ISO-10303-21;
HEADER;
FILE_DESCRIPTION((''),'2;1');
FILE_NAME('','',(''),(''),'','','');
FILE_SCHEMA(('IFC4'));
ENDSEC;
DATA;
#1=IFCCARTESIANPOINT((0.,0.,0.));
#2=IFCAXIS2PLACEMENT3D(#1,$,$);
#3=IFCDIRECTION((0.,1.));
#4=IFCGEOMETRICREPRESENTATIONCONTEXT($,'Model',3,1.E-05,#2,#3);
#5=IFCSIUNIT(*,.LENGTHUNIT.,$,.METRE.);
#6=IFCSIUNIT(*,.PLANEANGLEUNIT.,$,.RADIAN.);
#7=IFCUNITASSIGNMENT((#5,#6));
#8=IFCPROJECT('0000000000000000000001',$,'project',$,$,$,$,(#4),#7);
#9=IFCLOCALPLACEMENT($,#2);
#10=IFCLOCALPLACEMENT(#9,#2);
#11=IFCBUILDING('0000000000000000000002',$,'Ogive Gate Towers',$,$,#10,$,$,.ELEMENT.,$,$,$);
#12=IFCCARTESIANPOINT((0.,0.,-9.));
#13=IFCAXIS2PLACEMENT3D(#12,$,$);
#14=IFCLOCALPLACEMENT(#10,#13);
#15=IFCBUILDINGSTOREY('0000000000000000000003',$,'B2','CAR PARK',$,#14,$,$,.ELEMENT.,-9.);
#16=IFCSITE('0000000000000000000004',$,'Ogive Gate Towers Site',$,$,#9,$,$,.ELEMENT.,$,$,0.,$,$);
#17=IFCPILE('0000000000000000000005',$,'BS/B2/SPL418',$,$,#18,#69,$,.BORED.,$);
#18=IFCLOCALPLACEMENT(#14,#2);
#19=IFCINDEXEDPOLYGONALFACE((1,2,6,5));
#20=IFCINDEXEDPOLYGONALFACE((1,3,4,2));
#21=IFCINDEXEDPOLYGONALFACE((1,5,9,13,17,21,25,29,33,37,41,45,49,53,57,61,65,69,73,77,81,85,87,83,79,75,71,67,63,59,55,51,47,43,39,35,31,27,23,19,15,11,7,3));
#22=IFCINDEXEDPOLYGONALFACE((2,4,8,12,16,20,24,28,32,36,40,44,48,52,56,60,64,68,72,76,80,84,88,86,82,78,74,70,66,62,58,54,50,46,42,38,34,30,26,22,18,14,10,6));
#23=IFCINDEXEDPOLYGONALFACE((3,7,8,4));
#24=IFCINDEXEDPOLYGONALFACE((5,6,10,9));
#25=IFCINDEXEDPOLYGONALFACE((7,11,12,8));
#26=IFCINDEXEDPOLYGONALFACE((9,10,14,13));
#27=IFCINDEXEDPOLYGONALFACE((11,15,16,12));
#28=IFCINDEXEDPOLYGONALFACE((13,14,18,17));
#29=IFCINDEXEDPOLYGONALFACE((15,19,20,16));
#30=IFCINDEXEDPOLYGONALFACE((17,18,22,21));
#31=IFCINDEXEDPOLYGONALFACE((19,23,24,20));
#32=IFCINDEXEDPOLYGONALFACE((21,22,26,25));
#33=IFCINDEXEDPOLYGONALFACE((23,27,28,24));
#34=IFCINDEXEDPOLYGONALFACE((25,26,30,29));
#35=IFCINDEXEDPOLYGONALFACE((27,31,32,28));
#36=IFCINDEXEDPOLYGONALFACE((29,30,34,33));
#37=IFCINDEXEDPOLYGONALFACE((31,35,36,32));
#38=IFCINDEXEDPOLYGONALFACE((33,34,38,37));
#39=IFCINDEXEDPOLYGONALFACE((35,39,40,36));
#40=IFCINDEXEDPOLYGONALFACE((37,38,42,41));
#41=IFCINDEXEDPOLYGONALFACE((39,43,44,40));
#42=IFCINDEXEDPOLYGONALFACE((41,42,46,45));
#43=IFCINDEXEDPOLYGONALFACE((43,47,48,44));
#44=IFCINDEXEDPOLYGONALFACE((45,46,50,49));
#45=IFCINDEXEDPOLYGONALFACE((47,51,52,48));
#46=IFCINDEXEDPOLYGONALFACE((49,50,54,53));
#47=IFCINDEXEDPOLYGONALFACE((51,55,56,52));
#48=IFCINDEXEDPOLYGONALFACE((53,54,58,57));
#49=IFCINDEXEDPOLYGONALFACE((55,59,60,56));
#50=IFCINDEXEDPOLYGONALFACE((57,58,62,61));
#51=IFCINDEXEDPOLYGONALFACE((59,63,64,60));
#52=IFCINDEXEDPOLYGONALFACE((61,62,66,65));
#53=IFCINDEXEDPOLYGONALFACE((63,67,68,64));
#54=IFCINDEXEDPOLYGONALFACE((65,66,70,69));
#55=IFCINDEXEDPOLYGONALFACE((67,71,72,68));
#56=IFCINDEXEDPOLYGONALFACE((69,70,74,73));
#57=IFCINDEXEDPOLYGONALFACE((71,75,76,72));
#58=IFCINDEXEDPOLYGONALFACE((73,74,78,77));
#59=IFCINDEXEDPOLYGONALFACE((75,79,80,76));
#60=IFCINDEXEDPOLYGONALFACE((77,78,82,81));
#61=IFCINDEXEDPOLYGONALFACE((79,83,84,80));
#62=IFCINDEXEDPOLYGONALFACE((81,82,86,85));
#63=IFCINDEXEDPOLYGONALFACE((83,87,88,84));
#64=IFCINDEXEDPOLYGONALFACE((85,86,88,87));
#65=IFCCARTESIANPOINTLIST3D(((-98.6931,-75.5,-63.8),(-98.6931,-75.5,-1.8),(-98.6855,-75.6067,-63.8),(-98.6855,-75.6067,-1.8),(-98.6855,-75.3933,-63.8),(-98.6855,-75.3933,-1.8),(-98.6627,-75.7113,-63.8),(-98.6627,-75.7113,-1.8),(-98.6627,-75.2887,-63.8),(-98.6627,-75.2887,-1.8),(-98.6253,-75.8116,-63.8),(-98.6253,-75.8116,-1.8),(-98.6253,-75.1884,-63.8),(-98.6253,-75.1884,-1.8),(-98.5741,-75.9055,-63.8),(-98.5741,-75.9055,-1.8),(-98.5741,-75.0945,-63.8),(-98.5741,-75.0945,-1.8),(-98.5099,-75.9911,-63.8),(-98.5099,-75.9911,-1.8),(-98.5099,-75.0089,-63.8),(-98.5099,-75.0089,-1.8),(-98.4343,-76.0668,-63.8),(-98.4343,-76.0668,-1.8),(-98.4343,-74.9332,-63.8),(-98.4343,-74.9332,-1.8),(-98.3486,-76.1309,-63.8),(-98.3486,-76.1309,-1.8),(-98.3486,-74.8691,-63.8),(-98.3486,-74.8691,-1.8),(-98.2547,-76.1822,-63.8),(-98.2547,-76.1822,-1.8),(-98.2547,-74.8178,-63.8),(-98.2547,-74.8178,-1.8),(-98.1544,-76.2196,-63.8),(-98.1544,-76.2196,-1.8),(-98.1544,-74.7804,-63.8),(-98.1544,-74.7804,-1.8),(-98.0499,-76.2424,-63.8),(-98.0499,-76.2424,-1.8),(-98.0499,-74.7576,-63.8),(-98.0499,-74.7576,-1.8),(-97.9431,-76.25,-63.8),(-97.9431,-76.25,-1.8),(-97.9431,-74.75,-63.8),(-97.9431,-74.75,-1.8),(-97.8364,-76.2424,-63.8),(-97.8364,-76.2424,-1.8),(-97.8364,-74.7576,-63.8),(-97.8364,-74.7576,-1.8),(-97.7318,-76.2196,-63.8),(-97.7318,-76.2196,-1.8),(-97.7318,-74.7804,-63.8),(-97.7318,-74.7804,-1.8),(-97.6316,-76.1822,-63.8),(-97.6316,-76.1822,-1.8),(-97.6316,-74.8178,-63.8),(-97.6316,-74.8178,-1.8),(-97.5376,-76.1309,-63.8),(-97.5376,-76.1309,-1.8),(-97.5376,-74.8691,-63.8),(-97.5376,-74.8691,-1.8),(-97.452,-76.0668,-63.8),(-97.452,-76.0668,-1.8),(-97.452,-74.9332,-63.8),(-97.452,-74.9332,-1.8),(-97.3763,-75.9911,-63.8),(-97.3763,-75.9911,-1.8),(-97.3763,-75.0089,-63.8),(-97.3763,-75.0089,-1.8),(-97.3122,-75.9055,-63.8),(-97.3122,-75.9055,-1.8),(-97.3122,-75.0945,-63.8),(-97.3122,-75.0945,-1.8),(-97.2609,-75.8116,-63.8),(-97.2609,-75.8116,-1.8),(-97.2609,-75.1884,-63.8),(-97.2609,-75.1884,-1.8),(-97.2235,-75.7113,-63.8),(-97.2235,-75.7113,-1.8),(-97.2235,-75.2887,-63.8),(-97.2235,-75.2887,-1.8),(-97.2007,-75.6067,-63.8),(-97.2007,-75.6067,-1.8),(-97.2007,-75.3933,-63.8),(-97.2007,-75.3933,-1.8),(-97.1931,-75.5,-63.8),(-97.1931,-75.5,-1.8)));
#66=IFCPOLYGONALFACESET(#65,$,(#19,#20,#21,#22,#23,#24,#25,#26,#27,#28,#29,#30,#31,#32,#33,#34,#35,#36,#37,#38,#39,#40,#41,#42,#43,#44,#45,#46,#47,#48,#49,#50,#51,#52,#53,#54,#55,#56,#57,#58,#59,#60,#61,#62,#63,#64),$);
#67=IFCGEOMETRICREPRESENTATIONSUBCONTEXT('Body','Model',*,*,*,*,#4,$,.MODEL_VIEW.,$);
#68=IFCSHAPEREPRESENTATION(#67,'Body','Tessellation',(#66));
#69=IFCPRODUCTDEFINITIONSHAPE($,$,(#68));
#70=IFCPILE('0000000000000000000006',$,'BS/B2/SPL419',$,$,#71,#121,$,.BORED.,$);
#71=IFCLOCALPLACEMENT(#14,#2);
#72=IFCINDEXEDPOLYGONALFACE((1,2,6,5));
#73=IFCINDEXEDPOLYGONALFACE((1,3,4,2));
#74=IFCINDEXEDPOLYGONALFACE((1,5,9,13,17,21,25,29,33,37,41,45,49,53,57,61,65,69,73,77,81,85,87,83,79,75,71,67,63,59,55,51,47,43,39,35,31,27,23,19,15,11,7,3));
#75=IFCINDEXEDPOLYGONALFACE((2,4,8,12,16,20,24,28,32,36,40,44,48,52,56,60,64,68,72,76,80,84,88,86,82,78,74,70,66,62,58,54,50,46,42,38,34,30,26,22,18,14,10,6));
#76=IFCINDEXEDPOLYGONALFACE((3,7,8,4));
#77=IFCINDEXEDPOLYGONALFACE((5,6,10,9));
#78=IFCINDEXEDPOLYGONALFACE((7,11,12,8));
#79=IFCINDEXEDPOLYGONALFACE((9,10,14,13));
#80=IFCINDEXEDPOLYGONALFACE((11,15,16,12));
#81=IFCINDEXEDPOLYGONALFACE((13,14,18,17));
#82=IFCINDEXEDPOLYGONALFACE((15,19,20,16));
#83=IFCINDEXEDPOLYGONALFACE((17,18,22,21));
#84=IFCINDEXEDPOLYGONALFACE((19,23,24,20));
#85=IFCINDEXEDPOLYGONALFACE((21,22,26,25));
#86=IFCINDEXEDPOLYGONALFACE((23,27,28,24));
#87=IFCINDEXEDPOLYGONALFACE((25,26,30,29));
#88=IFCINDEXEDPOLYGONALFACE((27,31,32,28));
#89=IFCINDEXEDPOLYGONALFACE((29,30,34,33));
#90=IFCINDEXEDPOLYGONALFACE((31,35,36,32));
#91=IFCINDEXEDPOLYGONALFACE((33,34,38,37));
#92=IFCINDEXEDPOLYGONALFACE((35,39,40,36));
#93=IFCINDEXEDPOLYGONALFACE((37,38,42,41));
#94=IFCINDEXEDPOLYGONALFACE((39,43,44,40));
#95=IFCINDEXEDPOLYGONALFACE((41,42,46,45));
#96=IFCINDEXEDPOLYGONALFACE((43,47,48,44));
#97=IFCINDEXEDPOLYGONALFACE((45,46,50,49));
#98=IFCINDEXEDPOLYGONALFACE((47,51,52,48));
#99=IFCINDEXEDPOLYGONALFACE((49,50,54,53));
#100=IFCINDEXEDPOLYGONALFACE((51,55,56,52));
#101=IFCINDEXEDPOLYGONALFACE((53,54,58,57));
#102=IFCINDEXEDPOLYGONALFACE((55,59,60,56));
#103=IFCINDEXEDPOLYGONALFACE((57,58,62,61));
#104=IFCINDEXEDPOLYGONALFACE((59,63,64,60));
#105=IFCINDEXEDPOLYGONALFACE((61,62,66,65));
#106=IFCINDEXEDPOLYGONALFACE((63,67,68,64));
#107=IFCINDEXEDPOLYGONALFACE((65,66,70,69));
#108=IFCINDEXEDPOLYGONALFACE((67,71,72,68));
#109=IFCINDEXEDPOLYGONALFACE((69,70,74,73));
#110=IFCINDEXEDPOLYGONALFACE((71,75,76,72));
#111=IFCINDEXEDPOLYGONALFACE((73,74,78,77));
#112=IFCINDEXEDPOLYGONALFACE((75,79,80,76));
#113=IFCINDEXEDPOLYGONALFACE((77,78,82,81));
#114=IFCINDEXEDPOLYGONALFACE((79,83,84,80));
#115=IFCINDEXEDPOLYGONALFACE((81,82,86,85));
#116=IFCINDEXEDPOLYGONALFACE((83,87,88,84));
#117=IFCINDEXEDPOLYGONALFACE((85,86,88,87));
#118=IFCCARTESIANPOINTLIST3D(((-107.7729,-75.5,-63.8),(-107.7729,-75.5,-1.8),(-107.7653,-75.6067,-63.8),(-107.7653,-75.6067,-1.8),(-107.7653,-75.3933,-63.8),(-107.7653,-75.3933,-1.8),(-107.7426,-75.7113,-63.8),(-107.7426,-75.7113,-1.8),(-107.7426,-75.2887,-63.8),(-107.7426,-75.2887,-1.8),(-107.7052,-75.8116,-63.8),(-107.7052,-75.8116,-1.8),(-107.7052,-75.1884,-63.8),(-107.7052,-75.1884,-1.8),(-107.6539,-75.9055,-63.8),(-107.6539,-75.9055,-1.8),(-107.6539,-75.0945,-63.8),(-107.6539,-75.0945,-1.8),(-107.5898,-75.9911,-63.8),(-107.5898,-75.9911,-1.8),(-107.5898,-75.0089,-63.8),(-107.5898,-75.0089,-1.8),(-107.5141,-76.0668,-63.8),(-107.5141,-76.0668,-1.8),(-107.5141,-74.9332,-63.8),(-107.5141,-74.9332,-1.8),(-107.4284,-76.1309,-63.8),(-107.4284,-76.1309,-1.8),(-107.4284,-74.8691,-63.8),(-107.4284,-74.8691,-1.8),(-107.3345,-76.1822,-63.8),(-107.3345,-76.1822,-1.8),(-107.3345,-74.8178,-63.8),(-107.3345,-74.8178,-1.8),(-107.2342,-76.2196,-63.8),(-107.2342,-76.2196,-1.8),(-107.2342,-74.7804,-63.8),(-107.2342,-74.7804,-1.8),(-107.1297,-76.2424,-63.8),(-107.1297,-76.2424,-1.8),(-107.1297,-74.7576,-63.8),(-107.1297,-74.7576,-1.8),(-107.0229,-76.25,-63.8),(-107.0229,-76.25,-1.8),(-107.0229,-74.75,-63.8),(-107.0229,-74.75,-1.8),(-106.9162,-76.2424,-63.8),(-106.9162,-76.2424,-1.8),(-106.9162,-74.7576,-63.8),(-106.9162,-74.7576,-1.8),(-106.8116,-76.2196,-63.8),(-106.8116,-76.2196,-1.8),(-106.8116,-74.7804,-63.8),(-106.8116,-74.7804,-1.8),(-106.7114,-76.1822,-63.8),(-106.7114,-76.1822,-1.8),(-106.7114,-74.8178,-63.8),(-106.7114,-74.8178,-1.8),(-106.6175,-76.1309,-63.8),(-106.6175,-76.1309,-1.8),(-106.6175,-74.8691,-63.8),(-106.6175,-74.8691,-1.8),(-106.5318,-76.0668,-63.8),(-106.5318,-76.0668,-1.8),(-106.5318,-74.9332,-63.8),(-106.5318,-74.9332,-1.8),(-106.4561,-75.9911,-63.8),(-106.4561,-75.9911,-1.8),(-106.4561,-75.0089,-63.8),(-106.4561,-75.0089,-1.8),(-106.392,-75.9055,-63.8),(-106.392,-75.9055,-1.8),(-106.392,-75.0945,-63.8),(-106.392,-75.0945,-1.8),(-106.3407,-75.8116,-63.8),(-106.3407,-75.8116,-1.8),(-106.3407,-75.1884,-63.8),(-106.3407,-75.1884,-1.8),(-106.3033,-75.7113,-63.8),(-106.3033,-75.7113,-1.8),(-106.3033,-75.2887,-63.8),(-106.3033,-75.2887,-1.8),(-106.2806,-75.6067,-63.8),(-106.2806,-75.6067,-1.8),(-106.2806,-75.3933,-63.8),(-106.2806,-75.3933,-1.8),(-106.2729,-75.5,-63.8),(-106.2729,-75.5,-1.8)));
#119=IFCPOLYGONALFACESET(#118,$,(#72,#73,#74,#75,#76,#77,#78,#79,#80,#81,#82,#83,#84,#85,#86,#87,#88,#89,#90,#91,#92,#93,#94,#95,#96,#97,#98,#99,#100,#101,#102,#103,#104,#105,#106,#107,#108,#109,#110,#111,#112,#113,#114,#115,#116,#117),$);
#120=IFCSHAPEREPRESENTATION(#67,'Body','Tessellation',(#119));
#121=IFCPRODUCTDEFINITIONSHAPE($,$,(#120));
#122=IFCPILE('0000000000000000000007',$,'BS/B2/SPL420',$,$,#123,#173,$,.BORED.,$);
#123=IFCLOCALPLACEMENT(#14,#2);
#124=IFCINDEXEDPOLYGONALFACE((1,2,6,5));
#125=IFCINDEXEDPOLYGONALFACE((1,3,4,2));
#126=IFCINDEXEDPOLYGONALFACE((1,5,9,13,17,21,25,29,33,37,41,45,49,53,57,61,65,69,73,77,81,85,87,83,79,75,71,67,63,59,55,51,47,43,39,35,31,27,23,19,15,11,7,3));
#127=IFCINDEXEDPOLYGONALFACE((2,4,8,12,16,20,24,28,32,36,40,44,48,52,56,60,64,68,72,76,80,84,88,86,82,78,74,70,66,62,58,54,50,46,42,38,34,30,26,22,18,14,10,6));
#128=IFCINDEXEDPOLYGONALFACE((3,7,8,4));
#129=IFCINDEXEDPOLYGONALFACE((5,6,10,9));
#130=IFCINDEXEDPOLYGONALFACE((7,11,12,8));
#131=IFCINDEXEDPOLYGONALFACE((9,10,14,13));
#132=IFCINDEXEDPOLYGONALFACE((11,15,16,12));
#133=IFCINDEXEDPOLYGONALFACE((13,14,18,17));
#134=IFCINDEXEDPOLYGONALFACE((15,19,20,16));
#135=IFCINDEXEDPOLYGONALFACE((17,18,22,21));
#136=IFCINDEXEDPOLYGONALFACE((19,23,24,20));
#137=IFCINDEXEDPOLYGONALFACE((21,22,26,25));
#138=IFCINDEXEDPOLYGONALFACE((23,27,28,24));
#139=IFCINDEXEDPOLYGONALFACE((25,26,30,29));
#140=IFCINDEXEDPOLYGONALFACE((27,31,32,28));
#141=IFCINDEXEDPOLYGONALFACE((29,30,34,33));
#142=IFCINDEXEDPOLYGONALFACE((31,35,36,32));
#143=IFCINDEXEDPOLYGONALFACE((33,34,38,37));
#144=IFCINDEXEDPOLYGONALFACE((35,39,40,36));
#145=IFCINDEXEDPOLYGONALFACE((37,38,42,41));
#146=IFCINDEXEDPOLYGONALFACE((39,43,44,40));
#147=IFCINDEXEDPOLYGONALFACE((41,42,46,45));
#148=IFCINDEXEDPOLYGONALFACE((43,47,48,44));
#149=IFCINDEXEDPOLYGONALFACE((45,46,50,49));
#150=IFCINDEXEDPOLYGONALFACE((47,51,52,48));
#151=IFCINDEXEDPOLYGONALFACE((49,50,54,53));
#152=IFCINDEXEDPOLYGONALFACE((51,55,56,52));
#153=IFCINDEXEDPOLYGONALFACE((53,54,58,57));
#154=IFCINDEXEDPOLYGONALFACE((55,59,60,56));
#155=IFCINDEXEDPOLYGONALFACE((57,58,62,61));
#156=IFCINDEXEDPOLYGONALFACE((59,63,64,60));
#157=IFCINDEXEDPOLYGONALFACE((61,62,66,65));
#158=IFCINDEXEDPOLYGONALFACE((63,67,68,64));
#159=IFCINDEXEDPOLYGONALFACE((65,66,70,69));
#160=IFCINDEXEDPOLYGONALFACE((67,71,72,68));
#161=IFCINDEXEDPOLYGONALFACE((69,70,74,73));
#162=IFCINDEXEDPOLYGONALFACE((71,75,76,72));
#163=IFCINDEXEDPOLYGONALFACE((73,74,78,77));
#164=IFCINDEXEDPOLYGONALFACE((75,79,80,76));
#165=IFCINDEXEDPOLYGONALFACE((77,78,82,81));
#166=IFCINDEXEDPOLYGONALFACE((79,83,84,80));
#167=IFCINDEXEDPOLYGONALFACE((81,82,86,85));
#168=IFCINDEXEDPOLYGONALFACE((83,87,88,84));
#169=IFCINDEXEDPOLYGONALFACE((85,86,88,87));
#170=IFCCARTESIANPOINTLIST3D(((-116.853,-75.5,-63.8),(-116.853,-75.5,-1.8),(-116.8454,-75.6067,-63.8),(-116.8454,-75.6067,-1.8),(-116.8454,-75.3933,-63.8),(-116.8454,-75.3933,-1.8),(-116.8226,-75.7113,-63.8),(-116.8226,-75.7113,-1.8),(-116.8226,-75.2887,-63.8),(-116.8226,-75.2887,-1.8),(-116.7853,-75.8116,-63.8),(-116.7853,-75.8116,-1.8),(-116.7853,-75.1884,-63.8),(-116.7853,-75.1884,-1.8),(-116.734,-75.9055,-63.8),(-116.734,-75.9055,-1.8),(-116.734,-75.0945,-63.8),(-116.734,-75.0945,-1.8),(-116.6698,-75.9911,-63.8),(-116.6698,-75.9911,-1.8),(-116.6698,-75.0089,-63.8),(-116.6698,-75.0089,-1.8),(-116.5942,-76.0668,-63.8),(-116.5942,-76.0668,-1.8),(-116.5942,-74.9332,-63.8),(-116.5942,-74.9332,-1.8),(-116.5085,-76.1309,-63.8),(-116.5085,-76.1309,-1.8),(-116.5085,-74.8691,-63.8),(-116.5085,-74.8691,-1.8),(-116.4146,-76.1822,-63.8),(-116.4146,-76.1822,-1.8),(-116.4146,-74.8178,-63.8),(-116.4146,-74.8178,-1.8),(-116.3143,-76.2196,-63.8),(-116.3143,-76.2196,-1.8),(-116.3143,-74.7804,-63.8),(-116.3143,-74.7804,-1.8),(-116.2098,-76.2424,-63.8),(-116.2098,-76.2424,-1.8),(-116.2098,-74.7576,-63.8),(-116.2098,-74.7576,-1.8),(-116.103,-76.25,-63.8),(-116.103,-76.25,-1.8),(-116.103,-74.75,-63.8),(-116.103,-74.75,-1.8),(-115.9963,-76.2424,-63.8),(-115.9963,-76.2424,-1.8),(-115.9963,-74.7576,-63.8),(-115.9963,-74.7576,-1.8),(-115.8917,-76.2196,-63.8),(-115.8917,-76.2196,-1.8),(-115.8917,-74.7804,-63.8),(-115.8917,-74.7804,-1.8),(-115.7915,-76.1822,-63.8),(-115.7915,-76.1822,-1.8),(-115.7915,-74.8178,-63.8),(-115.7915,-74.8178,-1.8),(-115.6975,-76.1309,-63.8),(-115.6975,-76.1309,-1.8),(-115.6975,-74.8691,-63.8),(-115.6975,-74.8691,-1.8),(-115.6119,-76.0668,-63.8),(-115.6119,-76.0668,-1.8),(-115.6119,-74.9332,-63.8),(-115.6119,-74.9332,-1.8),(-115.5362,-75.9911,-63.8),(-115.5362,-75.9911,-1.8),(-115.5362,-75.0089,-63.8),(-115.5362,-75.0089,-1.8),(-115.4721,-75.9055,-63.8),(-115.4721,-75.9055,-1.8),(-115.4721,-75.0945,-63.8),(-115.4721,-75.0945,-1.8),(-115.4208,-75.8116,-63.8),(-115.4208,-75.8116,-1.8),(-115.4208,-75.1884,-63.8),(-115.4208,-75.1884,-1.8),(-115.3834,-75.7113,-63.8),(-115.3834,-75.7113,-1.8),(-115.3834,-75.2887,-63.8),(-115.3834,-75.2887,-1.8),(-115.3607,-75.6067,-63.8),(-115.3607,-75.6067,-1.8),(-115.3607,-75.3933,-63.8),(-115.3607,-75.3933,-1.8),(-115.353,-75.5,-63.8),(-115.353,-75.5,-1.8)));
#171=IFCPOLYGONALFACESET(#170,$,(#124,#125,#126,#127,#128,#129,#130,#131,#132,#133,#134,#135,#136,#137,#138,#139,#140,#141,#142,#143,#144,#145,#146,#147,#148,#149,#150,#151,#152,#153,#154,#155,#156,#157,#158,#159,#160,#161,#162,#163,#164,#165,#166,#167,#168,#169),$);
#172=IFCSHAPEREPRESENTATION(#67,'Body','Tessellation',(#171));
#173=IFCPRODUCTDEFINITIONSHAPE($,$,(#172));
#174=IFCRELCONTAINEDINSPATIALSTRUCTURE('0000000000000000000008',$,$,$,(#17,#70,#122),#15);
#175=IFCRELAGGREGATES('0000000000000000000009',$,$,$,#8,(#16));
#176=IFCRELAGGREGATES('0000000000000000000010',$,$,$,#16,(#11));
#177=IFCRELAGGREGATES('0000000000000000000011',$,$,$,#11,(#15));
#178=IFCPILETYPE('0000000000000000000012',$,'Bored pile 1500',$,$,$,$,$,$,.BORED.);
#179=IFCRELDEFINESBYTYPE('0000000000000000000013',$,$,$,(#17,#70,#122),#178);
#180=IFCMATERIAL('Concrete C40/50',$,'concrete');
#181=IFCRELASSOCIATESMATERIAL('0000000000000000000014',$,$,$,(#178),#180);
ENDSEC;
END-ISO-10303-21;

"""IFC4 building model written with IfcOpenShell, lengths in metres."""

from ifc_helpers import new_model, si_unit, direction, frame, origin, origin_2d, place, context, subcontext, project, spatial, circle, extrude, material, material_profile, profile_set, type_object, element, save


model = new_model("IFC4")

# Units and contexts
model_context = context("Model", 3, precision=1e-05, world=origin(), true_north=direction((0.0, 1.0)))
body_context = subcontext(model_context, "Body", "Model", "MODEL_VIEW")
ifc_project = project(units=[si_unit("LENGTHUNIT", "METRE"), si_unit("PLANEANGLEUNIT", "RADIAN")], contexts=[model_context])

# Site, building, storey
site_placement = place(None, origin())
site = spatial("IfcSite", under=ifc_project, at=site_placement, Name="Ogive Gate Towers Site", CompositionType="ELEMENT", RefElevation=0.0)
building_placement = place(site_placement, origin())
building = spatial("IfcBuilding", under=site, at=building_placement, Name="Ogive Gate Towers", CompositionType="ELEMENT")
storey_placement = place(building_placement, frame((0.0, 0.0, -9.0)))
storey = spatial("IfcBuildingStorey", under=building, at=storey_placement, Name="B2", Description="CAR PARK", CompositionType="ELEMENT", Elevation=-9.0)

# Piles
ifc_material_1 = material(Name="Concrete C40/50", Category="concrete")
ifc_material_profile_1 = material_profile(ifc_material_1, circle(Radius=0.75, at=origin_2d()), Name="BP 1500")
ifc_profile_set_1 = profile_set([ifc_material_profile_1], Name="Concrete C40/50")
pile_type = type_object("IfcPileType", Name="Bored pile 1500", PredefinedType="BORED", material=ifc_profile_set_1)
for number, where, z_axis, x_axis, name in (
    (1, (-97.9431, -75.5, -1.8), (0.0, 0.0, -1.0), (1.0, 0.0, 0.0), "BS/B2/SPL418"),
    (2, (-107.0229, -75.5, -1.8), (0.0, 0.0, -1.0), (1.0, 0.0, 0.0), "BS/B2/SPL419"),
    (3, (-116.103, -75.5, -1.8), (0.0, 0.0, -1.0), (1.0, 0.0, 0.0), "BS/B2/SPL420"),
):
    element("IfcPile", number, at=place(storey_placement, frame(where, z_axis=z_axis, x_axis=x_axis)), inside=storey, type_object=pile_type, Name=name, PredefinedType="BORED", context=body_context, shape_type="SweptSolid", body=[
        extrude(circle(Radius=0.75, at=origin_2d()), origin(), (0.0, 0.0, 1.0), 62.0),
    ])

save(model, "model.ifc")
